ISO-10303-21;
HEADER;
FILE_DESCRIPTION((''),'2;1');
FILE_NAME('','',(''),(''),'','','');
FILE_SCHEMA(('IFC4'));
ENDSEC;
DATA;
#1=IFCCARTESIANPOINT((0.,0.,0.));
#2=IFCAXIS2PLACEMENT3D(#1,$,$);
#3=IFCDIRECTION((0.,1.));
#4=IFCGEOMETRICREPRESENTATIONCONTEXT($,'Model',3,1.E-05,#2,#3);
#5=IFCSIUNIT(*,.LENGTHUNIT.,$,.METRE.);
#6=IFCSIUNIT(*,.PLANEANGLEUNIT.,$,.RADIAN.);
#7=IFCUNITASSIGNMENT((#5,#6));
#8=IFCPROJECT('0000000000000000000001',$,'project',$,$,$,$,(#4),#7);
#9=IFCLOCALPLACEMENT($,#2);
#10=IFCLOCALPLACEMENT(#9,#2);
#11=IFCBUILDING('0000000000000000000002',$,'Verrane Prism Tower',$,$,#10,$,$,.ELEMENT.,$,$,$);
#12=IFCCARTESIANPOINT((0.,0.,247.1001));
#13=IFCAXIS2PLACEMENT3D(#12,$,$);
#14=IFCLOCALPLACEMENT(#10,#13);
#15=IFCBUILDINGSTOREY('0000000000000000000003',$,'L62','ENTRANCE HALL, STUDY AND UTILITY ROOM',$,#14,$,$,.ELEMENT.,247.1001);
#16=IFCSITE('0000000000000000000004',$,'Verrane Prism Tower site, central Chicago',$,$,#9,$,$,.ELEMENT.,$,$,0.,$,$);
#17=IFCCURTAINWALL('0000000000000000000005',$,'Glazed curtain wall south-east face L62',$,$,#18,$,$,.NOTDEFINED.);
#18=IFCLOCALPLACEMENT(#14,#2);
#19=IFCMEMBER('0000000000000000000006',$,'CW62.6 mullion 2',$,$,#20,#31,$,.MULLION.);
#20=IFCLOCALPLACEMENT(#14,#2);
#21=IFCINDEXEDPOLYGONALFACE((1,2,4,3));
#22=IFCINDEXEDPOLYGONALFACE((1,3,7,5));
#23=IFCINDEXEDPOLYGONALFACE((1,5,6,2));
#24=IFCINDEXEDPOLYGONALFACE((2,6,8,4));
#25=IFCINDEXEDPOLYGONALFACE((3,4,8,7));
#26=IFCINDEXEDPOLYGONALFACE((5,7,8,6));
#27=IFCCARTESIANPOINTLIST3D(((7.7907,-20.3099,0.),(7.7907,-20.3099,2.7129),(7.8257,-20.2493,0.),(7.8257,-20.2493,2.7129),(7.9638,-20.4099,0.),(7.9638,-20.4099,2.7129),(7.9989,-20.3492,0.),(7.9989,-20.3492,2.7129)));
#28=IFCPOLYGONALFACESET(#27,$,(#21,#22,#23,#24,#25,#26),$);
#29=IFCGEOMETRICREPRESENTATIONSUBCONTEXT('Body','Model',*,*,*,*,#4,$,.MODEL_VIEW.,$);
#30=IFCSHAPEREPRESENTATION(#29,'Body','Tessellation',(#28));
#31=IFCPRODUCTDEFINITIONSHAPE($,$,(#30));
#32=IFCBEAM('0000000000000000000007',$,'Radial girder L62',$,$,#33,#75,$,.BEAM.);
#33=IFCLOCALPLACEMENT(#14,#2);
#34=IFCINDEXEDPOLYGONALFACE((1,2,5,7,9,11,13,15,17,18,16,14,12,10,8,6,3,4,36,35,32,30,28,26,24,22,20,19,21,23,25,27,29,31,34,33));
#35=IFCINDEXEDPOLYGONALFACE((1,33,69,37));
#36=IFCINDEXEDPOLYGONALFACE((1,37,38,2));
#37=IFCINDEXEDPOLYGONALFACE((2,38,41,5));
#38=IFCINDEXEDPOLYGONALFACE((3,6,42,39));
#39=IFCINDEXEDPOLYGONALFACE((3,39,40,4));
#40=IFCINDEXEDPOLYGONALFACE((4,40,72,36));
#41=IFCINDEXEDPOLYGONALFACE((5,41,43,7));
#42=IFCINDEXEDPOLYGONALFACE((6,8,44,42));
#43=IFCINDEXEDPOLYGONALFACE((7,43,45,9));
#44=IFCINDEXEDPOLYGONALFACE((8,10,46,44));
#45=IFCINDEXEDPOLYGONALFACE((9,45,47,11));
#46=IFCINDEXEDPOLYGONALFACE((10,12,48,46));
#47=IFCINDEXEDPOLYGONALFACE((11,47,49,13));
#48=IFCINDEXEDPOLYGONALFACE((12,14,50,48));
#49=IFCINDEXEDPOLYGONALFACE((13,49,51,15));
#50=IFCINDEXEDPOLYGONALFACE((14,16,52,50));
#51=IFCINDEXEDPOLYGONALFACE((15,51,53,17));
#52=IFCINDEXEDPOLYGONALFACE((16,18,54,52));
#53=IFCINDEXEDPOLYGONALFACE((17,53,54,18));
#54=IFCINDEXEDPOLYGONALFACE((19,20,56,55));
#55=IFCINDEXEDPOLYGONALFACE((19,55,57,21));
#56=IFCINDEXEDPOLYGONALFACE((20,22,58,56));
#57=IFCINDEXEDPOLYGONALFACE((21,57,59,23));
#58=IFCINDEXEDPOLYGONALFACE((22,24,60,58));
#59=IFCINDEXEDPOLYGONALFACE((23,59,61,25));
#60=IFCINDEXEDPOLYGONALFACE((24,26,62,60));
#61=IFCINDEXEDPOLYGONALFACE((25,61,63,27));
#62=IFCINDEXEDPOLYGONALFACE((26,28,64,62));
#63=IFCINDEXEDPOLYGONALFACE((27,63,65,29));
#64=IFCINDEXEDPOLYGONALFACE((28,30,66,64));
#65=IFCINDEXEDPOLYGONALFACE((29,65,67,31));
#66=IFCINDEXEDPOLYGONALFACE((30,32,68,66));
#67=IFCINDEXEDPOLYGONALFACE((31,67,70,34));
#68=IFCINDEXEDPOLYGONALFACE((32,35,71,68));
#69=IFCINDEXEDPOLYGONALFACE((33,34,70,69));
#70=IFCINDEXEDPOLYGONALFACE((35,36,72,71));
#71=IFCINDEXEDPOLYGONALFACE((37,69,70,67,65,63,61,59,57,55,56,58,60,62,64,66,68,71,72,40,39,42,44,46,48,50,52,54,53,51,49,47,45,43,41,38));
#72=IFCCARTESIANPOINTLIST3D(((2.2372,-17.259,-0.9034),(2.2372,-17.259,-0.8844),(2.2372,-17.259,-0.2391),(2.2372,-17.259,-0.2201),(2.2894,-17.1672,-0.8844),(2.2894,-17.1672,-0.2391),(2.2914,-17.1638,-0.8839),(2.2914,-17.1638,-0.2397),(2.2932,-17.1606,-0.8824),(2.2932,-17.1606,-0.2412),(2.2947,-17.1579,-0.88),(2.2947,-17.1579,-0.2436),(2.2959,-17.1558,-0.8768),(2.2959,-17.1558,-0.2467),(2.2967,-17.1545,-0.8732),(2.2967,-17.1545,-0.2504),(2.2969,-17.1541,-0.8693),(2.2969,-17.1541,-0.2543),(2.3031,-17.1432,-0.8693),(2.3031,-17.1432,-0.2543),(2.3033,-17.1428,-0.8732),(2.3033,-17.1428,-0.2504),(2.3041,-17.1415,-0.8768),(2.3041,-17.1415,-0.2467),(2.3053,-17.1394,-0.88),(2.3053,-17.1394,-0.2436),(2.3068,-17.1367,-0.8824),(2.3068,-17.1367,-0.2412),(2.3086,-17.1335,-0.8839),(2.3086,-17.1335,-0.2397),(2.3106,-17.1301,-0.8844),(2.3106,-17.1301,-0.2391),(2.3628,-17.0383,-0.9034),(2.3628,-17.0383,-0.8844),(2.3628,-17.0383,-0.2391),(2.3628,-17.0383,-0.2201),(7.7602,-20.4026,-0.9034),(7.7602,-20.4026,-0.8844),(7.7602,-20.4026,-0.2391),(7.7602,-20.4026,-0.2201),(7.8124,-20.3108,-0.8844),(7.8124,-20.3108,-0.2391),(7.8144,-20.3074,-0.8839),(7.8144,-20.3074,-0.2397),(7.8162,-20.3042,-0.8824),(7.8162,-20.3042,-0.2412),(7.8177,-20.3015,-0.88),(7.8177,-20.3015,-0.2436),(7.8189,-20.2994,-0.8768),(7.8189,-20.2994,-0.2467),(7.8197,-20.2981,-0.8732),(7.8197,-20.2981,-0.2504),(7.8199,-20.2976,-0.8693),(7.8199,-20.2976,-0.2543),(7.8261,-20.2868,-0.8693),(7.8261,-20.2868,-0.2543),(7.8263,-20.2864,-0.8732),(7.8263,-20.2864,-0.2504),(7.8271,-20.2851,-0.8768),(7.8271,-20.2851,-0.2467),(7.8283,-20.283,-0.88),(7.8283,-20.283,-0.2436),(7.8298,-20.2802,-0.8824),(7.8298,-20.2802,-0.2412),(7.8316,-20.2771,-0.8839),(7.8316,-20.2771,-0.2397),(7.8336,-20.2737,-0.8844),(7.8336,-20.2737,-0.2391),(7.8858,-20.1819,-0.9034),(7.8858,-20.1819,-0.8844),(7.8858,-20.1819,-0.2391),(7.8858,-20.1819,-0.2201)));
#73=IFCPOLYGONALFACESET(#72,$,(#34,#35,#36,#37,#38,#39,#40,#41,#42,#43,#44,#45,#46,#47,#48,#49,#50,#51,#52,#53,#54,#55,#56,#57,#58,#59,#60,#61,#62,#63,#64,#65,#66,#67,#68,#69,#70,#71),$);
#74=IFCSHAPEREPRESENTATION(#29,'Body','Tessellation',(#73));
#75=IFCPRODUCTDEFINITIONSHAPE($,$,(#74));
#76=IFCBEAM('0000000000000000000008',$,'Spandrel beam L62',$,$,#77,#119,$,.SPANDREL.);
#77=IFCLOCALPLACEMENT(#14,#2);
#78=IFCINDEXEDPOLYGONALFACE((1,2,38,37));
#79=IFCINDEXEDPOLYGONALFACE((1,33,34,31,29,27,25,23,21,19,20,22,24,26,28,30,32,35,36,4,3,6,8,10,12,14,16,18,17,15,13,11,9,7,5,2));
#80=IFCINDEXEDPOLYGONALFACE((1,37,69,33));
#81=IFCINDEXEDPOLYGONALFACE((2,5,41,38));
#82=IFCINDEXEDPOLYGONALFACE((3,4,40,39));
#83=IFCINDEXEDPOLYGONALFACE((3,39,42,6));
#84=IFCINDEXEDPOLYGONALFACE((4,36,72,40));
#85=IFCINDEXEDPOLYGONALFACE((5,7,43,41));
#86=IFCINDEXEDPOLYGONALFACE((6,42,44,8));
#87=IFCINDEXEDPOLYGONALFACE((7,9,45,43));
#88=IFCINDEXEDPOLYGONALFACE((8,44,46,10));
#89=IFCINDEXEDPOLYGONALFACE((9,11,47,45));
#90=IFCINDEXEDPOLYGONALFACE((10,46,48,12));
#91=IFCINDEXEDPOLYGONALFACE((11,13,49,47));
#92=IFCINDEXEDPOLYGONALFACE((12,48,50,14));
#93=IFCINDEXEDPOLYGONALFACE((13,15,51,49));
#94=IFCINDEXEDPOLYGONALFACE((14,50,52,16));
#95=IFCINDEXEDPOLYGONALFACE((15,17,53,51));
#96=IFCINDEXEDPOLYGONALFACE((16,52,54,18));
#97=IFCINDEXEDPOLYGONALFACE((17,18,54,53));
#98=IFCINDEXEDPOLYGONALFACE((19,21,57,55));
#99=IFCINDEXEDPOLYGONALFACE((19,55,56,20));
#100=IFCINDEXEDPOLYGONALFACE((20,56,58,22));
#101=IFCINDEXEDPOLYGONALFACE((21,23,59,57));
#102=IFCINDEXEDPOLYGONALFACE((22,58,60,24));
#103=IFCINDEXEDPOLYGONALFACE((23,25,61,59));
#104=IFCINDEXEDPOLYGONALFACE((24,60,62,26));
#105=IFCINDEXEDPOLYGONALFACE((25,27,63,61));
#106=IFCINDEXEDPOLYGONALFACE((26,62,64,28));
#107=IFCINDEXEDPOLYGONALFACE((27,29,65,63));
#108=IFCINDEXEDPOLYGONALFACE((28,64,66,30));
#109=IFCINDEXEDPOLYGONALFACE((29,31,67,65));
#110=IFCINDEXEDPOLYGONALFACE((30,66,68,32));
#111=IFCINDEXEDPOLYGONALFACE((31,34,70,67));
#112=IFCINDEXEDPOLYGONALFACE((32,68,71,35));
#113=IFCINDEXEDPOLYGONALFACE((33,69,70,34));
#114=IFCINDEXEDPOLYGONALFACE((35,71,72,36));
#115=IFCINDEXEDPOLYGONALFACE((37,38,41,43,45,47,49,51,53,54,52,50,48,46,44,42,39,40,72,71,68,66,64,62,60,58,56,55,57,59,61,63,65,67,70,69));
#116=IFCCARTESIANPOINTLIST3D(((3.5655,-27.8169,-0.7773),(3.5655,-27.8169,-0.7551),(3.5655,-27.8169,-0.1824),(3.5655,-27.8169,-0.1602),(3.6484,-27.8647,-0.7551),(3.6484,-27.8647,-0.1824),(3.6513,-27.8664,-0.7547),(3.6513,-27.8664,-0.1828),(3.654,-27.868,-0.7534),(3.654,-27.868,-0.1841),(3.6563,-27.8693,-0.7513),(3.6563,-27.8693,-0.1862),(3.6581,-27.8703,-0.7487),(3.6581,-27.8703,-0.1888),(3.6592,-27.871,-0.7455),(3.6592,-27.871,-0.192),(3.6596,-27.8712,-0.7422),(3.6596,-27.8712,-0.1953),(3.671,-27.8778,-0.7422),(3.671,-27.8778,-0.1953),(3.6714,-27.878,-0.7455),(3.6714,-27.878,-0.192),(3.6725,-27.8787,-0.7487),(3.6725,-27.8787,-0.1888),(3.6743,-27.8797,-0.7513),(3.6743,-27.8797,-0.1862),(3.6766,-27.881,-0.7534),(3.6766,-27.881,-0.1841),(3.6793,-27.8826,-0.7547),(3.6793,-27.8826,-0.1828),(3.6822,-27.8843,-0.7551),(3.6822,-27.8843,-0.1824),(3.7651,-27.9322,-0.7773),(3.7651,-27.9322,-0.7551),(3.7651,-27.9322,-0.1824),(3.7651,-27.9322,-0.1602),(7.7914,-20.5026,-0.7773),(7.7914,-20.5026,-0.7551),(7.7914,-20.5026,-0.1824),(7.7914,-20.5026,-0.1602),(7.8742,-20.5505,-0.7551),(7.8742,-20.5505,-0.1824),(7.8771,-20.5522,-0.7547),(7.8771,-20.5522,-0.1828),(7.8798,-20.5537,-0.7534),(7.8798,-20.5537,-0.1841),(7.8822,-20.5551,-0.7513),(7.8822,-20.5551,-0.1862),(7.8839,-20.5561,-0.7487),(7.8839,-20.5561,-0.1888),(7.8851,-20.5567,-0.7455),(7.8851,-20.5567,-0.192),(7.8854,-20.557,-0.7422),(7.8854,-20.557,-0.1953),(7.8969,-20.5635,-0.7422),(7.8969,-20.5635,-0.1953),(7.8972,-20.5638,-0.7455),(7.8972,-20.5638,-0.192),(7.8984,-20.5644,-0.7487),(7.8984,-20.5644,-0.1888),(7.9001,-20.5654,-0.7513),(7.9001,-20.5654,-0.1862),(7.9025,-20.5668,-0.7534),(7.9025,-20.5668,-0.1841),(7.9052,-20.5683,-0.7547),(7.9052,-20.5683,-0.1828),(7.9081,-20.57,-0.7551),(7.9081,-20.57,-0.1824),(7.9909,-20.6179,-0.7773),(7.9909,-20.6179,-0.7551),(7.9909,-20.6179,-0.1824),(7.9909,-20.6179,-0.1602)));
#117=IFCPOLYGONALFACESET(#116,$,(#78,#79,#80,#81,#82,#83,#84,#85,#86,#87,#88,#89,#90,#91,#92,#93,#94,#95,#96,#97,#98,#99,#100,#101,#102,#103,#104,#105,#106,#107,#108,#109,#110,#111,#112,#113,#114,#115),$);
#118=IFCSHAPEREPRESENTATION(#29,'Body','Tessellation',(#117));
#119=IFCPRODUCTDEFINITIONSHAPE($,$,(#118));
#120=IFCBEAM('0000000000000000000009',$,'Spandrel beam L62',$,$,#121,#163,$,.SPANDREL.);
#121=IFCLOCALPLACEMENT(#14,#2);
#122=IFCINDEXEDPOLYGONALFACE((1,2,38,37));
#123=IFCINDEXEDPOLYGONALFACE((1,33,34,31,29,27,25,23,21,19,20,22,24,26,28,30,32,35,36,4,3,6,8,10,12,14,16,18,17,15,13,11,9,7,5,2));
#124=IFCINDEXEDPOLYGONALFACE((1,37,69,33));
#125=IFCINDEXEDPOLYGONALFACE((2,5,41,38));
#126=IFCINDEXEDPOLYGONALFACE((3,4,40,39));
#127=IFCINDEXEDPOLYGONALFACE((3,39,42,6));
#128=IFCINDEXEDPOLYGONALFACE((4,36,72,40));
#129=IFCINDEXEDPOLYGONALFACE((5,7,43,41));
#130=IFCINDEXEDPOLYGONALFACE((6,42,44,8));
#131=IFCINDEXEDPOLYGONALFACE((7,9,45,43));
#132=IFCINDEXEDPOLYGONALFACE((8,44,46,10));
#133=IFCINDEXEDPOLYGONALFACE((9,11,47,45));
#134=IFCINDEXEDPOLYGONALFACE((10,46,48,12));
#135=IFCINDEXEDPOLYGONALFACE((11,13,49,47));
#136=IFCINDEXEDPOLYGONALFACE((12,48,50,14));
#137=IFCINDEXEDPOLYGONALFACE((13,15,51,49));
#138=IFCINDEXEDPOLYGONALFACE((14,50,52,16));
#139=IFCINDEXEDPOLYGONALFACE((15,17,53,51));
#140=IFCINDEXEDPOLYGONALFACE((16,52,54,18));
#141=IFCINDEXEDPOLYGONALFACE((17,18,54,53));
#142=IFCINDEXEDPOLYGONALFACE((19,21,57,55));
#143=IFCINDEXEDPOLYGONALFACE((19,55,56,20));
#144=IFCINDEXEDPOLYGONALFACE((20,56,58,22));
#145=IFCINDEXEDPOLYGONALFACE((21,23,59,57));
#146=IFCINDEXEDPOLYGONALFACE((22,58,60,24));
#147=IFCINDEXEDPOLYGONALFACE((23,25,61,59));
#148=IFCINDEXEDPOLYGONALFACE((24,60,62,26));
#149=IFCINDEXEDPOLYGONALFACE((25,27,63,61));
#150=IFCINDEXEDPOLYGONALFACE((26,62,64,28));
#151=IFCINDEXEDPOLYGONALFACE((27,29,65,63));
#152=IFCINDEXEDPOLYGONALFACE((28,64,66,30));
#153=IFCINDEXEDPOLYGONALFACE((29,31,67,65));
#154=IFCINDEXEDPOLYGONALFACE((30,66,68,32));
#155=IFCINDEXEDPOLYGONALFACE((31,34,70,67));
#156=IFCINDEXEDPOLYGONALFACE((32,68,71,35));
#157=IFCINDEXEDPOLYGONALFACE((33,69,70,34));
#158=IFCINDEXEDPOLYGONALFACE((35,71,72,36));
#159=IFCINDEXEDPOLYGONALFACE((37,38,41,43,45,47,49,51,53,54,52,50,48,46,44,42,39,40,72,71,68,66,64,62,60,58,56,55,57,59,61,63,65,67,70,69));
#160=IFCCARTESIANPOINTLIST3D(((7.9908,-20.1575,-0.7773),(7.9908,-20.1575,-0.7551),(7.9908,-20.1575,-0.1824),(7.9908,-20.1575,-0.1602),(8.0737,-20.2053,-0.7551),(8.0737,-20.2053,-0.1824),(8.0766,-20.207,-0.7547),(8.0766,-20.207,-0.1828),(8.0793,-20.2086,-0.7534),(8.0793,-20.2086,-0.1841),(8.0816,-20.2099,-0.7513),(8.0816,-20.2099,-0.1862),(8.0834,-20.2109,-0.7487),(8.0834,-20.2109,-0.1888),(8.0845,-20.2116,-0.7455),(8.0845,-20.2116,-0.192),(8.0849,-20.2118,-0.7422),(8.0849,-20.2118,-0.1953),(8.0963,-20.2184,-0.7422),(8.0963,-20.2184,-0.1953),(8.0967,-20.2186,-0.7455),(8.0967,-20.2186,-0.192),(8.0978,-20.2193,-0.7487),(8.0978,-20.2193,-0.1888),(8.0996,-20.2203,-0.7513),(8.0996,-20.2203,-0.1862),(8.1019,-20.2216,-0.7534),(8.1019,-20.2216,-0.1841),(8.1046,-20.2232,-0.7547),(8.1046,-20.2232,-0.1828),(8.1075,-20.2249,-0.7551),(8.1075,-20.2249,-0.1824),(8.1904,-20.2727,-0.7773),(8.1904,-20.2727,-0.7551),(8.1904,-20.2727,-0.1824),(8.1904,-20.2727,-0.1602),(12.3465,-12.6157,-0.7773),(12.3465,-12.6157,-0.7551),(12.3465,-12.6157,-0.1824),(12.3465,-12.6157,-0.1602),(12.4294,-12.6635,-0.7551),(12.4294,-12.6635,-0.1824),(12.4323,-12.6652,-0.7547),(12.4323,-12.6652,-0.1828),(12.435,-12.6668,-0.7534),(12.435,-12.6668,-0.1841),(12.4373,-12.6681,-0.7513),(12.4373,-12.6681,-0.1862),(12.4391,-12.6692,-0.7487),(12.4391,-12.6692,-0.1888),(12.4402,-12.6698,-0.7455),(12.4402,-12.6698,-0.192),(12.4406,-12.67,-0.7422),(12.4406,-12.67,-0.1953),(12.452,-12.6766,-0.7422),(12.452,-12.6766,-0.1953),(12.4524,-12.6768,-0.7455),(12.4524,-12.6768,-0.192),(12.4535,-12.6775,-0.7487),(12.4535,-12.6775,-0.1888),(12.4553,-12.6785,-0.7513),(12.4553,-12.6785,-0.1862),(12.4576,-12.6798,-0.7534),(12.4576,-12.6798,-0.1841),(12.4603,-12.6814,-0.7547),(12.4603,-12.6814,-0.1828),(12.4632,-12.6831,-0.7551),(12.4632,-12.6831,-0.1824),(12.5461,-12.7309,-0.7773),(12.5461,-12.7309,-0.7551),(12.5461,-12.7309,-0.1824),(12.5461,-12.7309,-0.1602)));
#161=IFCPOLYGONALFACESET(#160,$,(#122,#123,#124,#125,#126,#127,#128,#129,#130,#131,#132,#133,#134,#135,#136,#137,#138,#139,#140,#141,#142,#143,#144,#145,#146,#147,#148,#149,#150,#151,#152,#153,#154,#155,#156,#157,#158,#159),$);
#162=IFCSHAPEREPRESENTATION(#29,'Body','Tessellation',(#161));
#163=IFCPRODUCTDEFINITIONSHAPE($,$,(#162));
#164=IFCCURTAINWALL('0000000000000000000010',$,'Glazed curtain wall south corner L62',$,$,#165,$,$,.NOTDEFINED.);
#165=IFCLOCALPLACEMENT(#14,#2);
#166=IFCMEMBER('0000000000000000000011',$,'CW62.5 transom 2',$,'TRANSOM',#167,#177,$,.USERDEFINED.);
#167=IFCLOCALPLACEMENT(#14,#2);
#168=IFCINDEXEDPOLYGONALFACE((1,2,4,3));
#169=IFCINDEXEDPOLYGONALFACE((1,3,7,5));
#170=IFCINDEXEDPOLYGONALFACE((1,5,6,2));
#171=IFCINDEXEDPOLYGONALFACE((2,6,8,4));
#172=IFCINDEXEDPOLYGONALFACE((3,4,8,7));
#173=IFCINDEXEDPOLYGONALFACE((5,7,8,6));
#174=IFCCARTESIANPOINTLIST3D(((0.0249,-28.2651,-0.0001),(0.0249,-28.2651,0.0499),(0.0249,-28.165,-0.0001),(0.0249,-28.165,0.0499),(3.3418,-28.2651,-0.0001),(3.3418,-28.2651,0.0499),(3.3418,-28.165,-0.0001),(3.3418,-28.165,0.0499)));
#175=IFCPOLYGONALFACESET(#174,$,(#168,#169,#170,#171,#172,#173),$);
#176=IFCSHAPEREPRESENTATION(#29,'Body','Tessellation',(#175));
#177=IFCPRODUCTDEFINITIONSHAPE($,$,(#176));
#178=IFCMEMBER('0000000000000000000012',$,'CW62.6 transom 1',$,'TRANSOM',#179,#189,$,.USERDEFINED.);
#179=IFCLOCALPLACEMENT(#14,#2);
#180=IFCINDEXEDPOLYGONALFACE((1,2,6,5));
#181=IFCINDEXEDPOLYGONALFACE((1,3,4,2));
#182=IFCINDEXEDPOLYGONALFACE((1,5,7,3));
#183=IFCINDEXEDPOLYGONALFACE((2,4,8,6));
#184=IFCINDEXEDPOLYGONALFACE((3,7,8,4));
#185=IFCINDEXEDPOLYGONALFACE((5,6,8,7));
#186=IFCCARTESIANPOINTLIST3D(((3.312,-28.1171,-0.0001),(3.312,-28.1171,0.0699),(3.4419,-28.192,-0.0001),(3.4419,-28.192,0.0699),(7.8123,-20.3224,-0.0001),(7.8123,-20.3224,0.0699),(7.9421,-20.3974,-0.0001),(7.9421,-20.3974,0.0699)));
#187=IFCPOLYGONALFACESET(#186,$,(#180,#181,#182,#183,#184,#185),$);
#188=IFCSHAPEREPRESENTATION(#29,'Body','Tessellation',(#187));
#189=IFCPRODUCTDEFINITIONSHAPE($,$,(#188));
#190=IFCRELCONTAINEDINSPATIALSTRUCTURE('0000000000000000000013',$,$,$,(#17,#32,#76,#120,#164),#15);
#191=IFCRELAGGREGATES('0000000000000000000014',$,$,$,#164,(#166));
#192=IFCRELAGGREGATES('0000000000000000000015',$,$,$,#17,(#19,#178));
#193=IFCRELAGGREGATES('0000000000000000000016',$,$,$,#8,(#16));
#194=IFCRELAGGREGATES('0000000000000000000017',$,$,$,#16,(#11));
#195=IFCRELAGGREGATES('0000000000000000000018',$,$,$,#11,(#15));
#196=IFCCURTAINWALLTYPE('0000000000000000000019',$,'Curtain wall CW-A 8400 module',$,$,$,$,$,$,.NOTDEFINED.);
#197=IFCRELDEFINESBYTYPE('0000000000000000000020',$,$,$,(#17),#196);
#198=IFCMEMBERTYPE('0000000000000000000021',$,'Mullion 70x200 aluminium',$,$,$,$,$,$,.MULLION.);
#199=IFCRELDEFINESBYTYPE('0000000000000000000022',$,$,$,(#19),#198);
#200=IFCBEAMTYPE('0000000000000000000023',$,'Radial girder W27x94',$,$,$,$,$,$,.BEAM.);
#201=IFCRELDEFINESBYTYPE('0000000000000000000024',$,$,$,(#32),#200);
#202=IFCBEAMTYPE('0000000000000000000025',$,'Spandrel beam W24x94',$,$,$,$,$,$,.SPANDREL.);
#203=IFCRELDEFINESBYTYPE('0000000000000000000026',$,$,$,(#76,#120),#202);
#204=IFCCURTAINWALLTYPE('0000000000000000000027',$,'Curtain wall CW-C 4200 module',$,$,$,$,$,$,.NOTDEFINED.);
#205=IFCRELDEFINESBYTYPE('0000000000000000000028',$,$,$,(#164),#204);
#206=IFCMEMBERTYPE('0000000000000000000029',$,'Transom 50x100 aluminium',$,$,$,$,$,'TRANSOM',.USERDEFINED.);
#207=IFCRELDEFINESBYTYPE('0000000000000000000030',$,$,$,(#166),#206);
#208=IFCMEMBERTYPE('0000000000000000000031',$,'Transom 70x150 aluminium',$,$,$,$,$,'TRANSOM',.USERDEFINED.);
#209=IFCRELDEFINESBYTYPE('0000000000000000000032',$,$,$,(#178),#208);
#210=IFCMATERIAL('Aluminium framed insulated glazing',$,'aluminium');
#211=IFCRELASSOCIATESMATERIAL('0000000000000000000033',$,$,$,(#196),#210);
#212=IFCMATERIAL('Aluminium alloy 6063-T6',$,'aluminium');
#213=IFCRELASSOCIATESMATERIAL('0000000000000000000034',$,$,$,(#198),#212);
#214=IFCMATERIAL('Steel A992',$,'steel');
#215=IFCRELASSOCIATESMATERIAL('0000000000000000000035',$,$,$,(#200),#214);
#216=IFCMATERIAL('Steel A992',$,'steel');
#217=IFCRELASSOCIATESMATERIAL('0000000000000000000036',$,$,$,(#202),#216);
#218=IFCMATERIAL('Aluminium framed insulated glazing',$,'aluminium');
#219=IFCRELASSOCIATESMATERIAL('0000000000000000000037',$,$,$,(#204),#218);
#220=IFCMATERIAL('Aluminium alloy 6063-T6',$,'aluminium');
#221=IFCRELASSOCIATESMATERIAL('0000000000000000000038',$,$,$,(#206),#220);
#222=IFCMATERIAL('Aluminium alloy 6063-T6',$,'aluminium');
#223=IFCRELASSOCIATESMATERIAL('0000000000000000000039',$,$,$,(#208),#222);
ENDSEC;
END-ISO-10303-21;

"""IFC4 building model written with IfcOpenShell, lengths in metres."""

from ifc_helpers import new_model, si_unit, direction, frame, origin, origin_2d, place, context, subcontext, project, spatial, rectangle, i_section, extrude, material, material_profile, profile_set, type_object, element, aggregate, save


model = new_model("IFC4")

# Units and contexts
model_context = context("Model", 3, precision=1e-05, world=origin(), true_north=direction((0.0, 1.0)))
body_context = subcontext(model_context, "Body", "Model", "MODEL_VIEW")
ifc_project = project(units=[si_unit("LENGTHUNIT", "METRE"), si_unit("PLANEANGLEUNIT", "RADIAN")], contexts=[model_context])

# Site, building, storey
site_placement = place(None, origin())
site = spatial("IfcSite", under=ifc_project, at=site_placement, Name="Verrane Prism Tower site, central Chicago", CompositionType="ELEMENT", RefElevation=0.0)
building_placement = place(site_placement, origin())
building = spatial("IfcBuilding", under=site, at=building_placement, Name="Verrane Prism Tower", CompositionType="ELEMENT")
storey_placement = place(building_placement, frame((0.0, 0.0, 247.1001)))
storey = spatial("IfcBuildingStorey", under=building, at=storey_placement, Name="L62", Description="ENTRANCE HALL, STUDY AND UTILITY ROOM", CompositionType="ELEMENT", Elevation=247.1001)

# Curtain wall, member
ifc_material_1 = material(Name="Aluminium framed insulated glazing", Category="aluminium")
curtain_wall_type_1 = type_object("IfcCurtainWallType", Name="Curtain wall CW-A 8400 module", PredefinedType="NOTDEFINED", material=ifc_material_1)
curtain_wall_1_placement = place(storey_placement, origin())
curtain_wall_1 = element("IfcCurtainWall", 1, at=curtain_wall_1_placement, inside=storey, type_object=curtain_wall_type_1, Name="Glazed curtain wall south-east face L62", PredefinedType="NOTDEFINED")
ifc_material_2 = material(Name="Aluminium alloy 6063-T6", Category="aluminium")
ifc_material_profile_1 = material_profile(ifc_material_2, rectangle(XDim=0.2, YDim=0.0701, at=origin_2d()), Name="Mullion 70x200 aluminium")
ifc_profile_set_1 = profile_set([ifc_material_profile_1], Name="Aluminium alloy 6063-T6")
member_type_1 = type_object("IfcMemberType", Name="Mullion 70x200 aluminium", PredefinedType="MULLION", material=ifc_profile_set_1)
member_1_placement = place(storey_placement, frame((7.8948, -20.3296, 0.0), z_axis=(0.0, 0.0, 1.0), x_axis=(-0.866026, 0.5, 0.0)))
member_1 = element("IfcMember", 2, at=member_1_placement, type_object=member_type_1, Name="CW62.6 mullion 2", PredefinedType="MULLION", context=body_context, shape_type="SweptSolid", body=[
    extrude(rectangle(XDim=0.2, YDim=0.0701, at=origin_2d()), origin(), (0.0, 0.0, 1.0), 2.7129),
])

# Beams
ifc_material_3 = material(Name="Steel A992", Category="steel")
ifc_material_profile_2 = material_profile(ifc_material_3, i_section(OverallWidth=0.2539, OverallDepth=0.6833, WebThickness=0.0125, FlangeThickness=0.019, FilletRadius=0.0151, at=origin_2d()), Name="W27x94")
ifc_profile_set_2 = profile_set([ifc_material_profile_2], Name="Steel A992")
beam_type_1 = type_object("IfcBeamType", Name="Radial girder W27x94", PredefinedType="BEAM", material=ifc_profile_set_2)
beam_1_placement = place(storey_placement, frame((7.823, -20.2922, -0.5618), z_axis=(-0.869084, 0.494665, 0.0), x_axis=(-0.494665, -0.869084, 0.0)))
element("IfcBeam", 3, at=beam_1_placement, inside=storey, type_object=beam_type_1, Name="Radial girder L62", PredefinedType="BEAM", context=body_context, shape_type="SweptSolid", body=[
    extrude(i_section(OverallWidth=0.2539, OverallDepth=0.6833, WebThickness=0.0125, FlangeThickness=0.019, FilletRadius=0.0151, at=origin_2d()), origin(), (0.0, 0.0, 1.0), 6.355),
])
ifc_material_4 = material(Name="Steel A992", Category="steel")
ifc_material_profile_3 = material_profile(ifc_material_4, i_section(OverallWidth=0.2305, OverallDepth=0.6172, WebThickness=0.0132, FlangeThickness=0.0222, FilletRadius=0.0129, at=origin_2d()), Name="W24x94")
ifc_profile_set_3 = profile_set([ifc_material_profile_3], Name="Steel A992")
beam_type_2 = type_object("IfcBeamType", Name="Spandrel beam W24x94", PredefinedType="SPANDREL", material=ifc_profile_set_3)
beam_2_placement = place(storey_placement, frame((3.6653, -27.8745, -0.4688), z_axis=(0.500264, 0.865873, 0.0), x_axis=(-0.865873, 0.500264, 0.0)))
element("IfcBeam", 4, at=beam_2_placement, inside=storey, type_object=beam_type_2, Name="Spandrel beam L62", PredefinedType="SPANDREL", context=body_context, shape_type="SweptSolid", body=[
    extrude(i_section(OverallWidth=0.2305, OverallDepth=0.6172, WebThickness=0.0132, FlangeThickness=0.0222, FilletRadius=0.0129, at=origin_2d()), origin(), (0.0, 0.0, 1.0), 8.4473),
])
beam_3_placement = place(storey_placement, frame((8.0906, -20.2151, -0.4688), z_axis=(0.500128, 0.865952, 0.0), x_axis=(-0.865952, 0.500128, 0.0)))
element("IfcBeam", 5, at=beam_3_placement, inside=storey, type_object=beam_type_2, Name="Spandrel beam L62", PredefinedType="SPANDREL", context=body_context, shape_type="SweptSolid", body=[
    extrude(i_section(OverallWidth=0.2305, OverallDepth=0.6172, WebThickness=0.0132, FlangeThickness=0.0222, FilletRadius=0.0129, at=origin_2d()), origin(), (0.0, 0.0, 1.0), 8.7092),
])

# Curtain wall, member
ifc_material_5 = material(Name="Aluminium framed insulated glazing", Category="aluminium")
curtain_wall_type_2 = type_object("IfcCurtainWallType", Name="Curtain wall CW-C 4200 module", PredefinedType="NOTDEFINED", material=ifc_material_5)
curtain_wall_2_placement = place(storey_placement, origin())
curtain_wall_2 = element("IfcCurtainWall", 6, at=curtain_wall_2_placement, inside=storey, type_object=curtain_wall_type_2, Name="Glazed curtain wall south corner L62", PredefinedType="NOTDEFINED")
ifc_material_6 = material(Name="Aluminium alloy 6063-T6", Category="aluminium")
ifc_material_profile_4 = material_profile(ifc_material_6, rectangle(XDim=0.1001, YDim=0.05, at=origin_2d()), Name="Transom 50x100 aluminium")
ifc_profile_set_4 = profile_set([ifc_material_profile_4], Name="Aluminium alloy 6063-T6")
member_type_2 = type_object("IfcMemberType", Name="Transom 50x100 aluminium", ElementType="TRANSOM", PredefinedType="USERDEFINED", material=ifc_profile_set_4)
member_2_placement = place(storey_placement, frame((0.0249, -28.2151, 0.0249), z_axis=(1.0, 0.0, 0.0), x_axis=(0.0, 1.0, 0.0)))
member_2 = element("IfcMember", 7, at=member_2_placement, type_object=member_type_2, Name="CW62.5 transom 2", ObjectType="TRANSOM", PredefinedType="USERDEFINED", context=body_context, shape_type="SweptSolid", body=[
    extrude(rectangle(XDim=0.1001, YDim=0.05, at=origin_2d()), origin(), (0.0, 0.0, 1.0), 3.3169),
])

# Member
ifc_material_7 = material(Name="Aluminium alloy 6063-T6", Category="aluminium")
ifc_material_profile_5 = material_profile(ifc_material_7, rectangle(XDim=0.1499, YDim=0.0701, at=origin_2d()), Name="Transom 70x150 aluminium")
ifc_profile_set_5 = profile_set([ifc_material_profile_5], Name="Aluminium alloy 6063-T6")
member_type_3 = type_object("IfcMemberType", Name="Transom 70x150 aluminium", ElementType="TRANSOM", PredefinedType="USERDEFINED", material=ifc_profile_set_5)
member_3_placement = place(storey_placement, frame((3.377, -28.1545, 0.0349), z_axis=(0.499999, 0.866026, 0.0), x_axis=(-0.866026, 0.499999, 0.0)))
member_3 = element("IfcMember", 8, at=member_3_placement, type_object=member_type_3, Name="CW62.6 transom 1", ObjectType="TRANSOM", PredefinedType="USERDEFINED", context=body_context, shape_type="SweptSolid", body=[
    extrude(rectangle(XDim=0.1499, YDim=0.0701, at=origin_2d()), origin(), (0.0, 0.0, 1.0), 9.0005),
])

aggregate(curtain_wall_2, [member_2])
aggregate(curtain_wall_1, [member_1, member_3])

save(model, "model.ifc")
